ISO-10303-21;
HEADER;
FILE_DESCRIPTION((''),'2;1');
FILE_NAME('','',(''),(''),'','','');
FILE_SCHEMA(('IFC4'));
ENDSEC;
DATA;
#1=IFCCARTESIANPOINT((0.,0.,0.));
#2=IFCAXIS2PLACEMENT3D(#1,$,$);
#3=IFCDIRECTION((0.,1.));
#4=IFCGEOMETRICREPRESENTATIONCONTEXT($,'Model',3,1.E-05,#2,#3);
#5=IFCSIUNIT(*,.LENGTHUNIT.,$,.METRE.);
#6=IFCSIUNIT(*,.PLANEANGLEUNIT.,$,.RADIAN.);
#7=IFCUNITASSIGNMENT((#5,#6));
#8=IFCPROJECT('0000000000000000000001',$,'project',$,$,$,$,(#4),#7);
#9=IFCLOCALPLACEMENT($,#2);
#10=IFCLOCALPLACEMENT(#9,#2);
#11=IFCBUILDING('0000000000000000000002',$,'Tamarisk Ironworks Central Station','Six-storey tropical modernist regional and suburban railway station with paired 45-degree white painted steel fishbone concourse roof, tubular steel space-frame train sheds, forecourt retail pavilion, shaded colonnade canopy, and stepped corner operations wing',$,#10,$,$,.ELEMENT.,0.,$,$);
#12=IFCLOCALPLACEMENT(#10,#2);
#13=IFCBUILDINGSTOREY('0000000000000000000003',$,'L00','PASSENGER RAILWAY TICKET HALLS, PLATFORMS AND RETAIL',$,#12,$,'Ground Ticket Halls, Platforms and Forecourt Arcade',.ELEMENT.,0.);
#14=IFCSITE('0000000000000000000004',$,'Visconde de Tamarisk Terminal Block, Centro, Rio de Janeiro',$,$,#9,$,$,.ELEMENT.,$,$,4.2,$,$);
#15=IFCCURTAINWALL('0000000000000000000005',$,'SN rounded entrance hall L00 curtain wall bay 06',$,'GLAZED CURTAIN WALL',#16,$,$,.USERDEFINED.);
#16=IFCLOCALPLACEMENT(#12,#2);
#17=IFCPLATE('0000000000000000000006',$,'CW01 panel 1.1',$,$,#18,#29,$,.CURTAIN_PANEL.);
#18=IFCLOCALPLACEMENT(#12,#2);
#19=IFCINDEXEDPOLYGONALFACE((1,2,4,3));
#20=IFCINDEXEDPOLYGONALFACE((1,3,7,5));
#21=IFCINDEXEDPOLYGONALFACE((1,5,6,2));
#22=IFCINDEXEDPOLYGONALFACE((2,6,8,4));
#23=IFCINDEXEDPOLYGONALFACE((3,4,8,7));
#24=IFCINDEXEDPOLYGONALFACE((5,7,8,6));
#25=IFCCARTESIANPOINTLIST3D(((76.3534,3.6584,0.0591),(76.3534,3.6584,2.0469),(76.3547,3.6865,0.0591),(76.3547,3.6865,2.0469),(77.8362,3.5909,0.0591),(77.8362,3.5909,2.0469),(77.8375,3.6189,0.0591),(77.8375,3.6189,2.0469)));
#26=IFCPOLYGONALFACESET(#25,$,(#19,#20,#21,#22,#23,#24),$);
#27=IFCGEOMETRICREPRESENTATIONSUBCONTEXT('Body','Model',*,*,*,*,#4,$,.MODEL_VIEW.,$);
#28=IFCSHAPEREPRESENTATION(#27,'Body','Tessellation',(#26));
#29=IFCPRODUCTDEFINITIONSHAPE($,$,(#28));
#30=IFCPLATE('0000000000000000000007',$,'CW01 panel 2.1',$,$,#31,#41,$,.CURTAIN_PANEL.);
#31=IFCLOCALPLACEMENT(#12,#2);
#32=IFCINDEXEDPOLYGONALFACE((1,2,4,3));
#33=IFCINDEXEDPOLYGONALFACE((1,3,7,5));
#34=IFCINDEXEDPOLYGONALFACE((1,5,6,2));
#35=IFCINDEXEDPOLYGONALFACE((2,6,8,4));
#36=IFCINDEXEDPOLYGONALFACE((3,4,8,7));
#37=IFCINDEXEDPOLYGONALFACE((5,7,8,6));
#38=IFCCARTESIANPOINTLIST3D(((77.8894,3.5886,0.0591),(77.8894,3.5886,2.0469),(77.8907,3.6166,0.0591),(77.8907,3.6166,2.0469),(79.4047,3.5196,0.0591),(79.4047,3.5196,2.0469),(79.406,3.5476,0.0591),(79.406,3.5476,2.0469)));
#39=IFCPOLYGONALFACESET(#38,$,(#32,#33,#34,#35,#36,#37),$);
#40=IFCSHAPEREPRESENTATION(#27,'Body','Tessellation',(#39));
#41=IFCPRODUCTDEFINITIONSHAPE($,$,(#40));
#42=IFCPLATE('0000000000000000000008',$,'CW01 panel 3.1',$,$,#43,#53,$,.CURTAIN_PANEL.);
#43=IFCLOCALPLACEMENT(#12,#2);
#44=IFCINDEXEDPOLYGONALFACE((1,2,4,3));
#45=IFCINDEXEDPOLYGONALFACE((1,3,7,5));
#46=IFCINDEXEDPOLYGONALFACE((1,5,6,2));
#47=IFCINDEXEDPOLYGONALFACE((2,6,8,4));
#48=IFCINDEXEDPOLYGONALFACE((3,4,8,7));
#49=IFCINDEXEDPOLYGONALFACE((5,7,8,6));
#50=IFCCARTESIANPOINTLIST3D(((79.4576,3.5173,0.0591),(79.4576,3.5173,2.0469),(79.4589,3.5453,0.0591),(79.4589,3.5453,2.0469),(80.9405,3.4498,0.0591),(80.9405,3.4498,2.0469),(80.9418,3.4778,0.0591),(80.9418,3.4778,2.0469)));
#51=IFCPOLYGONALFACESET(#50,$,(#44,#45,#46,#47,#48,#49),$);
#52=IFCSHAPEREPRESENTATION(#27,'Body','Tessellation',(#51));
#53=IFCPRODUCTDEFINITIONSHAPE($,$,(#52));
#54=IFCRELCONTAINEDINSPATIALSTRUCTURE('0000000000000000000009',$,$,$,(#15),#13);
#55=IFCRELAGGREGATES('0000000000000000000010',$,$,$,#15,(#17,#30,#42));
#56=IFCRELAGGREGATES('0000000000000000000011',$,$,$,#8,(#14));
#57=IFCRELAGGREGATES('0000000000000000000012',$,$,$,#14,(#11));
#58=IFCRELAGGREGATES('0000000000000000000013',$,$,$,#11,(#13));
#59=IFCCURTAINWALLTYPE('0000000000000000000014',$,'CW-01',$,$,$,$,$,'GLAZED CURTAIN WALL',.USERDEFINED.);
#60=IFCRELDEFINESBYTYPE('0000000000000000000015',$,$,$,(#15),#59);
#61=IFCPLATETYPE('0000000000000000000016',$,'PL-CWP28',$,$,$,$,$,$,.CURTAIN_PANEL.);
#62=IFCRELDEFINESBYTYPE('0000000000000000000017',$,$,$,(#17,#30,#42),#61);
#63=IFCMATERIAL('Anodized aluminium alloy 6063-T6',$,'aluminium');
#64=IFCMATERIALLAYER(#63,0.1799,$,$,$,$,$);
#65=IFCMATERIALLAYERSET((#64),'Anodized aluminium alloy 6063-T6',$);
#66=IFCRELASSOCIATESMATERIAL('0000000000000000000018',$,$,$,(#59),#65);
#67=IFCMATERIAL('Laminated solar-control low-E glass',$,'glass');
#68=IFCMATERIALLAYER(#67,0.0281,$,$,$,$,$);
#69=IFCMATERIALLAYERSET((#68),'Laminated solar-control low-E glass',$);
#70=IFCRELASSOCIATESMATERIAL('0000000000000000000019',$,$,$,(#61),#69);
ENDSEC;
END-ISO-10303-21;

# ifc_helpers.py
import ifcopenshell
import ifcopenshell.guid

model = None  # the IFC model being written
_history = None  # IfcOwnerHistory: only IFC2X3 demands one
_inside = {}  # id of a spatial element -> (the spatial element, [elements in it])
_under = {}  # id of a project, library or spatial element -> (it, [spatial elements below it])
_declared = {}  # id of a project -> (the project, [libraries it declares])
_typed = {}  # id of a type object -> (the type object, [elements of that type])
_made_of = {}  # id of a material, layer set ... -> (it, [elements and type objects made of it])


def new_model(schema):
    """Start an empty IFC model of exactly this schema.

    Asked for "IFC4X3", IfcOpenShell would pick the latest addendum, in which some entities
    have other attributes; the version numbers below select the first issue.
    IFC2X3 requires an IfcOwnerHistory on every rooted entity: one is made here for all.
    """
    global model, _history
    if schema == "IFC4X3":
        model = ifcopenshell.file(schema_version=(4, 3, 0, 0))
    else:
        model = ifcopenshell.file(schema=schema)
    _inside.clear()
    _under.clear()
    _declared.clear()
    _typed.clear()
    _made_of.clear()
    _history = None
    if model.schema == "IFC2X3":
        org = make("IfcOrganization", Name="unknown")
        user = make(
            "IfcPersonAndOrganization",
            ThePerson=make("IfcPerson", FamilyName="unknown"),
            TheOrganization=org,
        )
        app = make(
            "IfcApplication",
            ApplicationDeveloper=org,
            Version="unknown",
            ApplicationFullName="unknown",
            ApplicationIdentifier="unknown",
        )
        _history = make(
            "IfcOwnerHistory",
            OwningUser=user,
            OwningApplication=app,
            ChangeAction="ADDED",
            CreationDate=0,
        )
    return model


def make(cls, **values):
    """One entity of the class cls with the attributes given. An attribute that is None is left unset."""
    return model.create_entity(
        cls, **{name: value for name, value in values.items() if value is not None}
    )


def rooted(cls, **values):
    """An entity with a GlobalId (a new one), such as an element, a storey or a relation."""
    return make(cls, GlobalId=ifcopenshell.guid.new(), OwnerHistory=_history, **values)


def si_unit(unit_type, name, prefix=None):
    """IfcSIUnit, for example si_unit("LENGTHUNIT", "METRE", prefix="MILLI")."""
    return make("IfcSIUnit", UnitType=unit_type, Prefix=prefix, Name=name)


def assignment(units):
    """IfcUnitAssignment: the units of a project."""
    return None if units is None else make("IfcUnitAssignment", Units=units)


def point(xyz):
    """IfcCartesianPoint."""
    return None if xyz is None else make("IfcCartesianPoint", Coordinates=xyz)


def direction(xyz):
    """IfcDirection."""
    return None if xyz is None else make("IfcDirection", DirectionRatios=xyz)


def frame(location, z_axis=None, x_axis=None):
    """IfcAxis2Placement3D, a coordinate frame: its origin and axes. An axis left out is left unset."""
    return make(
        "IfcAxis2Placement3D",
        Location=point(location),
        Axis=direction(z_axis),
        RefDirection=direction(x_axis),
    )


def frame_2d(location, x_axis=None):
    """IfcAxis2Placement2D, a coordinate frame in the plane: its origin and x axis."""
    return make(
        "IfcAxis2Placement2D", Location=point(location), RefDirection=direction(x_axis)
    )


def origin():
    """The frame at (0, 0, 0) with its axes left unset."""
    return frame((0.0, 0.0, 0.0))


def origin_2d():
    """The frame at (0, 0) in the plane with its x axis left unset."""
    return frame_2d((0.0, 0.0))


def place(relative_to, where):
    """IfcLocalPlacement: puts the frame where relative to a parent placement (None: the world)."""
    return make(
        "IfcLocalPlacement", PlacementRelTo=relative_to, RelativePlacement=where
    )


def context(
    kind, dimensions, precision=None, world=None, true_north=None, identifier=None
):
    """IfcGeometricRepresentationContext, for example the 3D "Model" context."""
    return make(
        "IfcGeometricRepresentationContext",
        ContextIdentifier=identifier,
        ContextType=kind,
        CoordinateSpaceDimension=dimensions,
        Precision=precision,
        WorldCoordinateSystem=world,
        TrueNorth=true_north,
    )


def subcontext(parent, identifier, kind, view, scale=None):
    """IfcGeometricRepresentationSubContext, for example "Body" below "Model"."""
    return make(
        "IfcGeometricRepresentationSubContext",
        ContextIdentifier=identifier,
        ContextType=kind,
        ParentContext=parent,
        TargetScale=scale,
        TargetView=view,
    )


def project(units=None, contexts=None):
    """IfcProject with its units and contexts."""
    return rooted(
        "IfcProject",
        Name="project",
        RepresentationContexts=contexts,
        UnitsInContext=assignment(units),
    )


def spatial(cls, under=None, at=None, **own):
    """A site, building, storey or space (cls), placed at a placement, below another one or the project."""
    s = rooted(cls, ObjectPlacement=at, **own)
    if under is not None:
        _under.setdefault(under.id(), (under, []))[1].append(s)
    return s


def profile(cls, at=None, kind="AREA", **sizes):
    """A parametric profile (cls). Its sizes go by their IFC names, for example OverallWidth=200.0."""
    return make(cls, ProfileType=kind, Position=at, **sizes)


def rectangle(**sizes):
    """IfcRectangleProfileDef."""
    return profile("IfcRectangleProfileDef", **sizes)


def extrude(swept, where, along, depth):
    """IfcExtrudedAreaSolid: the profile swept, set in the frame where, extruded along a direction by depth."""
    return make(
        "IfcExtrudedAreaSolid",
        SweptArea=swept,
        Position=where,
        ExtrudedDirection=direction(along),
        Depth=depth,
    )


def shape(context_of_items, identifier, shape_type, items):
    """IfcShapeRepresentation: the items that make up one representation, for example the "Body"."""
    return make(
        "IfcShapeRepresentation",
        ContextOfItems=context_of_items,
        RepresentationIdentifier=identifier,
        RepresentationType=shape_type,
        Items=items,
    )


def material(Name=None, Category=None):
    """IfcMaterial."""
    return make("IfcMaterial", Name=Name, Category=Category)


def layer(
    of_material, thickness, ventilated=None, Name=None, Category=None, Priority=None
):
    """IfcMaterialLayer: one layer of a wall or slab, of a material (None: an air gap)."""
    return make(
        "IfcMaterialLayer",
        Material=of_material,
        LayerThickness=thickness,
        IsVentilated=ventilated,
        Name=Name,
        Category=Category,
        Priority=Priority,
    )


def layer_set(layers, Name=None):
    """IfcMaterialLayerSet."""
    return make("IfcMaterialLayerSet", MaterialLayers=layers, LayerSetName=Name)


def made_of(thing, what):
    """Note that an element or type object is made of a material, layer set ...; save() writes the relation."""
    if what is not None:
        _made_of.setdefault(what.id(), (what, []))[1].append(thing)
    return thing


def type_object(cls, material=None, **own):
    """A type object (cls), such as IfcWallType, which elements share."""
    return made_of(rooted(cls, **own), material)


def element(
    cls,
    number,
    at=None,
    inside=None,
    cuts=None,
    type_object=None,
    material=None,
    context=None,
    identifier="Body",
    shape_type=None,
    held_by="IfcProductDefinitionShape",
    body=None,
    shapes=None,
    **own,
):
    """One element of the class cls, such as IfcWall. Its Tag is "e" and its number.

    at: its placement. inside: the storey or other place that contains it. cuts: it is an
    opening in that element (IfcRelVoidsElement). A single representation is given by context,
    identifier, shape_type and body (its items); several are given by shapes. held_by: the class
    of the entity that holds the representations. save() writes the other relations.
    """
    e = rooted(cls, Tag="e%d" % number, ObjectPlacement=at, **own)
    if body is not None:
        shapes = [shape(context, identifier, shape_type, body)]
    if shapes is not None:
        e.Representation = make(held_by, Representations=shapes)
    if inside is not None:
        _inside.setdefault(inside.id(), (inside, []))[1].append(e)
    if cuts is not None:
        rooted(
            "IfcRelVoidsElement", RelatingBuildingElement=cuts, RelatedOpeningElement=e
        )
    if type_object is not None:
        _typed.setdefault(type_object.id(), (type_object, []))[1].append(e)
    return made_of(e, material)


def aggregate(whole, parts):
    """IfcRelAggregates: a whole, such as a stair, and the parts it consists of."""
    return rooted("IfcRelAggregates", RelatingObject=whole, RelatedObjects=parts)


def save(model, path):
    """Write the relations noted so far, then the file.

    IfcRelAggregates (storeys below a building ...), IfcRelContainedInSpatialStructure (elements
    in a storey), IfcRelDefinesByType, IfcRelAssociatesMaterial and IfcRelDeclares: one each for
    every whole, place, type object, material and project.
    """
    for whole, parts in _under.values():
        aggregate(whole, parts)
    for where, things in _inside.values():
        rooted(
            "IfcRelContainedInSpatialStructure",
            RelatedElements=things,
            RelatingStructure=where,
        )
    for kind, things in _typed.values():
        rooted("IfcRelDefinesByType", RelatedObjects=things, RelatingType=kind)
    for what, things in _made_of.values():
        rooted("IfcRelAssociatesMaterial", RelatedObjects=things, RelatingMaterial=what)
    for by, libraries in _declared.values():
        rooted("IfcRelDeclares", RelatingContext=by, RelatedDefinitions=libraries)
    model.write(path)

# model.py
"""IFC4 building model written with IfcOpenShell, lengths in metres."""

from ifc_helpers import new_model, si_unit, direction, frame, origin, origin_2d, place, context, subcontext, project, spatial, rectangle, extrude, material, layer, layer_set, type_object, element, aggregate, save


model = new_model("IFC4")

# Units and contexts
model_context = context("Model", 3, precision=1e-05, world=origin(), true_north=direction((0.0, 1.0)))
body_context = subcontext(model_context, "Body", "Model", "MODEL_VIEW")
ifc_project = project(units=[si_unit("LENGTHUNIT", "METRE"), si_unit("PLANEANGLEUNIT", "RADIAN")], contexts=[model_context])

# Site, building, storey
site_placement = place(None, origin())
site = spatial("IfcSite", under=ifc_project, at=site_placement, Name="Visconde de Tamarisk Terminal Block, Centro, Rio de Janeiro", CompositionType="ELEMENT", RefElevation=4.2)
building_placement = place(site_placement, origin())
building = spatial("IfcBuilding", under=site, at=building_placement, Name="Tamarisk Ironworks Central Station", Description="Six-storey tropical modernist regional and suburban railway station with paired 45-degree white painted steel fishbone concourse roof, tubular steel space-frame train sheds, forecourt retail pavilion, shaded colonnade canopy, and stepped corner operations wing", CompositionType="ELEMENT", ElevationOfRefHeight=0.0)
storey_placement = place(building_placement, origin())
storey = spatial("IfcBuildingStorey", under=building, at=storey_placement, Name="L00", Description="PASSENGER RAILWAY TICKET HALLS, PLATFORMS AND RETAIL", LongName="Ground Ticket Halls, Platforms and Forecourt Arcade", CompositionType="ELEMENT", Elevation=0.0)

# Shared definitions
ifc_material_1 = material(Name="Anodized aluminium alloy 6063-T6", Category="aluminium")
ifc_layer_1 = layer(ifc_material_1, 0.1799)
ifc_layer_set_1 = layer_set([ifc_layer_1], Name="Anodized aluminium alloy 6063-T6")
curtain_wall_type = type_object("IfcCurtainWallType", Name="CW-01", ElementType="GLAZED CURTAIN WALL", PredefinedType="USERDEFINED", material=ifc_layer_set_1)

# Curtain wall
curtain_wall_1_placement = place(storey_placement, origin())
curtain_wall_1 = element("IfcCurtainWall", 1, at=curtain_wall_1_placement, inside=storey, type_object=curtain_wall_type, Name="SN rounded entrance hall L00 curtain wall bay 06", ObjectType="GLAZED CURTAIN WALL", PredefinedType="USERDEFINED")

# Plates
ifc_material_2 = material(Name="Laminated solar-control low-E glass", Category="glass")
ifc_layer_2 = layer(ifc_material_2, 0.0281)
ifc_layer_set_2 = layer_set([ifc_layer_2], Name="Laminated solar-control low-E glass")
plate_type = type_object("IfcPlateType", Name="PL-CWP28", PredefinedType="CURTAIN_PANEL", material=ifc_layer_set_2)
plate_1_placement = place(storey_placement, frame((77.0955, 3.6387, 0.0591), z_axis=(0.0, 0.0, 1.0), x_axis=(0.998965, -0.045481, 0.0)))
plate_1 = element("IfcPlate", 2, at=plate_1_placement, type_object=plate_type, Name="CW01 panel 1.1", PredefinedType="CURTAIN_PANEL", context=body_context, shape_type="SweptSolid", body=[
    extrude(rectangle(XDim=1.4844, YDim=0.0281, at=origin_2d()), origin(), (0.0, 0.0, 1.0), 1.9878),
])
plate_2_placement = place(storey_placement, frame((78.6477, 3.5681, 0.0591), z_axis=(0.0, 0.0, 1.0), x_axis=(0.998965, -0.045481, 0.0)))
plate_2 = element("IfcPlate", 3, at=plate_2_placement, type_object=plate_type, Name="CW01 panel 2.1", PredefinedType="CURTAIN_PANEL", context=body_context, shape_type="SweptSolid", body=[
    extrude(rectangle(XDim=1.5168, YDim=0.0281, at=origin_2d()), origin(), (0.0, 0.0, 1.0), 1.9878),
])
plate_3_placement = place(storey_placement, frame((80.1997, 3.4976, 0.0591), z_axis=(0.0, 0.0, 1.0), x_axis=(0.998965, -0.045481, 0.0)))
plate_3 = element("IfcPlate", 4, at=plate_3_placement, type_object=plate_type, Name="CW01 panel 3.1", PredefinedType="CURTAIN_PANEL", context=body_context, shape_type="SweptSolid", body=[
    extrude(rectangle(XDim=1.4844, YDim=0.0281, at=origin_2d()), origin(), (0.0, 0.0, 1.0), 1.9878),
])
aggregate(curtain_wall_1, [plate_1, plate_2, plate_3])

save(model, "model.ifc")
